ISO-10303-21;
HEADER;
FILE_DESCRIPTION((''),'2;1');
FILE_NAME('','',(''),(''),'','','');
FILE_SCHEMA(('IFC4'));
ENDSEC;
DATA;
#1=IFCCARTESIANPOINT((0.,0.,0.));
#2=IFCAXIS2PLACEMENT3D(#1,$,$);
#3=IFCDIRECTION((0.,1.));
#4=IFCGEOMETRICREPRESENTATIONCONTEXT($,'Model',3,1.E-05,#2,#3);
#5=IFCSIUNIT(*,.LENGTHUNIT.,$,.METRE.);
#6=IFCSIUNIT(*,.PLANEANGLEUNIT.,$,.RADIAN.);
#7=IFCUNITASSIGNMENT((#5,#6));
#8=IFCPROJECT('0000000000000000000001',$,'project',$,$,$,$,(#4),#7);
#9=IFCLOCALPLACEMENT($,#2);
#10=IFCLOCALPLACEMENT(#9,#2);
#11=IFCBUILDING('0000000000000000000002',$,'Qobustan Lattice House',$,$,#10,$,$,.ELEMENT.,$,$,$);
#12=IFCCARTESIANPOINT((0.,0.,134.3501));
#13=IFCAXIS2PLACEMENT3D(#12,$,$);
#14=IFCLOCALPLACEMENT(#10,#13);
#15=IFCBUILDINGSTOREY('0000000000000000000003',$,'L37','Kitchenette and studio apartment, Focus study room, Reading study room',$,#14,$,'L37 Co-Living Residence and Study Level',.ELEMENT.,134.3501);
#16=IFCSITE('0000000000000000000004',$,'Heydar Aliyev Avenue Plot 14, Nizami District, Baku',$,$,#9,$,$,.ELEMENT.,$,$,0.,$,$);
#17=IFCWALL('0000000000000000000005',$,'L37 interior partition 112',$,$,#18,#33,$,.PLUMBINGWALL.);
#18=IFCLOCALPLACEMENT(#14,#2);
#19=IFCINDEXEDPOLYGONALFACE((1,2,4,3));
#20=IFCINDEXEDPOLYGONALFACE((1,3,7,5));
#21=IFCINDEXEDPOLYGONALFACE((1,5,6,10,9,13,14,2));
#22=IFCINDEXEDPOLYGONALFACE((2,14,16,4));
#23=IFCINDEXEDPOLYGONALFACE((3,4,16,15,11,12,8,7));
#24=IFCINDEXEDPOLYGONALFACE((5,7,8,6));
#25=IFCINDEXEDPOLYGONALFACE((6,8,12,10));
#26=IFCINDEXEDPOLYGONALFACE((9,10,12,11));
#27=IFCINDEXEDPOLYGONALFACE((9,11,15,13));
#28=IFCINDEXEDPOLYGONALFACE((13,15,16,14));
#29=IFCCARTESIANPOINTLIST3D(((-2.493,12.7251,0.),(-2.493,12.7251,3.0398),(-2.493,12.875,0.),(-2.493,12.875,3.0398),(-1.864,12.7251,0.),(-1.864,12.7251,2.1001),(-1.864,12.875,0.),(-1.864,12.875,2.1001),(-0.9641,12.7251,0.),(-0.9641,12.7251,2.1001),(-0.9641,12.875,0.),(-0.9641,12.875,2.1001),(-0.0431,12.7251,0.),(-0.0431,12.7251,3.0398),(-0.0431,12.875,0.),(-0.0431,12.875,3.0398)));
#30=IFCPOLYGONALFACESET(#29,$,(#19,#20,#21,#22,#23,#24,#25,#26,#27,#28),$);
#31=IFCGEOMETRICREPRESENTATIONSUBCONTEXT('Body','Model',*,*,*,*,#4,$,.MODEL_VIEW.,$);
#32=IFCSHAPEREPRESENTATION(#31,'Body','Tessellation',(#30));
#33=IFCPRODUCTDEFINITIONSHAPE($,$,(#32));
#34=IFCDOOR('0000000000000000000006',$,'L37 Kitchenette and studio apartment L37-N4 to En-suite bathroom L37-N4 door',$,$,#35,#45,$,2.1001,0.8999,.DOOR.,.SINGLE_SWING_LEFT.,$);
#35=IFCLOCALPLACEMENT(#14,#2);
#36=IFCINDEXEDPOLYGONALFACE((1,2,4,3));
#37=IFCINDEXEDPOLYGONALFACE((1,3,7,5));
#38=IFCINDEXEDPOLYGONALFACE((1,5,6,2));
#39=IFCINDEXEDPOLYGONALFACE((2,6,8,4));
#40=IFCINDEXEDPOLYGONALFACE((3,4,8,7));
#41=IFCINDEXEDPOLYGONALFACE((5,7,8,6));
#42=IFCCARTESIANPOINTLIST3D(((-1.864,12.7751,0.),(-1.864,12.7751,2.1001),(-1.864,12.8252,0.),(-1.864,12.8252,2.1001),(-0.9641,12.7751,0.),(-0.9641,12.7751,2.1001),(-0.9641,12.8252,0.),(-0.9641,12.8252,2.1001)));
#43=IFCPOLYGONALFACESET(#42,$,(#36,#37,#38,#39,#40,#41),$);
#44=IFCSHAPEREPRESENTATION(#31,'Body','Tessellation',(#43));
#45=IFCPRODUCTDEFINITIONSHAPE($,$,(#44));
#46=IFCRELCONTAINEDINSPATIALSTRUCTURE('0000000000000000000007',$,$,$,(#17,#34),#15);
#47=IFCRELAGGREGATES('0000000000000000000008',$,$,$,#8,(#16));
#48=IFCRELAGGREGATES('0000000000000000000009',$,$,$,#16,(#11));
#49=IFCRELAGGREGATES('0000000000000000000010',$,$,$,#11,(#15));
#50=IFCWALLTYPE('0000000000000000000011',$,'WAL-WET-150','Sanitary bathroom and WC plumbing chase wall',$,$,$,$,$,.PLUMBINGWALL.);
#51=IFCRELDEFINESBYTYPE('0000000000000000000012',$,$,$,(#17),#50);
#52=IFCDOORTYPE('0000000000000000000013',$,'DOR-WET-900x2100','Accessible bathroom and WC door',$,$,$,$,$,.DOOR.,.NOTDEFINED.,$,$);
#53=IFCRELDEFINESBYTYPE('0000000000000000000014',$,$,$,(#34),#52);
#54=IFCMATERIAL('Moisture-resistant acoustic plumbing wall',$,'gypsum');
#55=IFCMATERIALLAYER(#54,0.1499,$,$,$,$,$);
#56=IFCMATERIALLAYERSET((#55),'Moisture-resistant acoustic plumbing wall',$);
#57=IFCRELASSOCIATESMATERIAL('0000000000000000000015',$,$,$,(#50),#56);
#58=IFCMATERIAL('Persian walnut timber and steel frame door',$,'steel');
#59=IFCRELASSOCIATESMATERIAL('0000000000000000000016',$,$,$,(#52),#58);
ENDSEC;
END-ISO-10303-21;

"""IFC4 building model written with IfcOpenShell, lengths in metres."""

from ifc_helpers import new_model, si_unit, direction, frame, frame_2d, origin, place, context, subcontext, project, spatial, rectangle, extrude, material, layer, layer_set, type_object, element, fill, save


model = new_model("IFC4")

# Units and contexts
model_context = context("Model", 3, precision=1e-05, world=origin(), true_north=direction((0.0, 1.0)))
body_context = subcontext(model_context, "Body", "Model", "MODEL_VIEW")
ifc_project = project(units=[si_unit("LENGTHUNIT", "METRE"), si_unit("PLANEANGLEUNIT", "RADIAN")], contexts=[model_context])

# Site, building, storey
site_placement = place(None, origin())
site = spatial("IfcSite", under=ifc_project, at=site_placement, Name="Heydar Aliyev Avenue Plot 14, Nizami District, Baku", CompositionType="ELEMENT", RefElevation=0.0)
building_placement = place(site_placement, origin())
building = spatial("IfcBuilding", under=site, at=building_placement, Name="Qobustan Lattice House", CompositionType="ELEMENT")
storey_placement = place(building_placement, frame((0.0, 0.0, 134.3501)))
storey = spatial("IfcBuildingStorey", under=building, at=storey_placement, Name="L37", Description="Kitchenette and studio apartment, Focus study room, Reading study room", LongName="L37 Co-Living Residence and Study Level", CompositionType="ELEMENT", Elevation=134.3501)

# Shared definitions
ifc_material_1 = material(Name="Moisture-resistant acoustic plumbing wall", Category="gypsum")
ifc_layer_1 = layer(ifc_material_1, 0.1499)
ifc_layer_set_1 = layer_set([ifc_layer_1], Name="Moisture-resistant acoustic plumbing wall")
wall_type_1 = type_object("IfcWallType", Name="WAL-WET-150", Description="Sanitary bathroom and WC plumbing chase wall", PredefinedType="PLUMBINGWALL", material=ifc_layer_set_1)

# Shared definitions
ifc_material_2 = material(Name="Persian walnut timber and steel frame door", Category="steel")
door_type = type_object("IfcDoorType", Name="DOR-WET-900x2100", Description="Accessible bathroom and WC door", OperationType="NOTDEFINED", PredefinedType="DOOR", material=ifc_material_2)

# Wall, opening, door
wall_1_placement = place(storey_placement, frame((-0.043, 12.8, 0.0), z_axis=(0.0, 0.0, 1.0), x_axis=(-1.0, 0.0, 0.0)))
wall_1 = element("IfcWall", 1, at=wall_1_placement, inside=storey, type_object=wall_type_1, Name="L37 interior partition 112", PredefinedType="PLUMBINGWALL", context=body_context, shape_type="SweptSolid", body=[
    extrude(rectangle(XDim=2.45, YDim=0.1499, at=frame_2d((1.2251, 0.0))), origin(), (0.0, 0.0, 1.0), 3.0398),
])
opening_1_placement = place(wall_1_placement, frame((0.9211, 0.0, 0.0)))
opening_1 = element("IfcOpeningElement", 2, at=opening_1_placement, cuts=wall_1, PredefinedType="OPENING", context=body_context, shape_type="SweptSolid", body=[
    extrude(rectangle(XDim=0.8999, YDim=2.1001, at=frame_2d((0.45, 1.05))), frame((0.0, 0.085, 0.0), z_axis=(0.0, -1.0, 0.0), x_axis=(1.0, 0.0, 0.0)), (0.0, 0.0, 1.0), 0.1699),
])
door_1_placement = place(opening_1_placement, origin())
door_1 = element("IfcDoor", 3, at=door_1_placement, inside=storey, type_object=door_type, Name="L37 Kitchenette and studio apartment L37-N4 to En-suite bathroom L37-N4 door", OperationType="SINGLE_SWING_LEFT", OverallHeight=2.1001, OverallWidth=0.8999, PredefinedType="DOOR", context=body_context, shape_type="SweptSolid", body=[
    extrude(rectangle(XDim=0.8999, YDim=2.1001, at=frame_2d((0.45, 1.05))), frame((0.0, 0.0249, 0.0), z_axis=(0.0, -1.0, 0.0), x_axis=(1.0, 0.0, 0.0)), (0.0, 0.0, 1.0), 0.05),
])
fill(opening_1, door_1)

save(model, "model.ifc")
